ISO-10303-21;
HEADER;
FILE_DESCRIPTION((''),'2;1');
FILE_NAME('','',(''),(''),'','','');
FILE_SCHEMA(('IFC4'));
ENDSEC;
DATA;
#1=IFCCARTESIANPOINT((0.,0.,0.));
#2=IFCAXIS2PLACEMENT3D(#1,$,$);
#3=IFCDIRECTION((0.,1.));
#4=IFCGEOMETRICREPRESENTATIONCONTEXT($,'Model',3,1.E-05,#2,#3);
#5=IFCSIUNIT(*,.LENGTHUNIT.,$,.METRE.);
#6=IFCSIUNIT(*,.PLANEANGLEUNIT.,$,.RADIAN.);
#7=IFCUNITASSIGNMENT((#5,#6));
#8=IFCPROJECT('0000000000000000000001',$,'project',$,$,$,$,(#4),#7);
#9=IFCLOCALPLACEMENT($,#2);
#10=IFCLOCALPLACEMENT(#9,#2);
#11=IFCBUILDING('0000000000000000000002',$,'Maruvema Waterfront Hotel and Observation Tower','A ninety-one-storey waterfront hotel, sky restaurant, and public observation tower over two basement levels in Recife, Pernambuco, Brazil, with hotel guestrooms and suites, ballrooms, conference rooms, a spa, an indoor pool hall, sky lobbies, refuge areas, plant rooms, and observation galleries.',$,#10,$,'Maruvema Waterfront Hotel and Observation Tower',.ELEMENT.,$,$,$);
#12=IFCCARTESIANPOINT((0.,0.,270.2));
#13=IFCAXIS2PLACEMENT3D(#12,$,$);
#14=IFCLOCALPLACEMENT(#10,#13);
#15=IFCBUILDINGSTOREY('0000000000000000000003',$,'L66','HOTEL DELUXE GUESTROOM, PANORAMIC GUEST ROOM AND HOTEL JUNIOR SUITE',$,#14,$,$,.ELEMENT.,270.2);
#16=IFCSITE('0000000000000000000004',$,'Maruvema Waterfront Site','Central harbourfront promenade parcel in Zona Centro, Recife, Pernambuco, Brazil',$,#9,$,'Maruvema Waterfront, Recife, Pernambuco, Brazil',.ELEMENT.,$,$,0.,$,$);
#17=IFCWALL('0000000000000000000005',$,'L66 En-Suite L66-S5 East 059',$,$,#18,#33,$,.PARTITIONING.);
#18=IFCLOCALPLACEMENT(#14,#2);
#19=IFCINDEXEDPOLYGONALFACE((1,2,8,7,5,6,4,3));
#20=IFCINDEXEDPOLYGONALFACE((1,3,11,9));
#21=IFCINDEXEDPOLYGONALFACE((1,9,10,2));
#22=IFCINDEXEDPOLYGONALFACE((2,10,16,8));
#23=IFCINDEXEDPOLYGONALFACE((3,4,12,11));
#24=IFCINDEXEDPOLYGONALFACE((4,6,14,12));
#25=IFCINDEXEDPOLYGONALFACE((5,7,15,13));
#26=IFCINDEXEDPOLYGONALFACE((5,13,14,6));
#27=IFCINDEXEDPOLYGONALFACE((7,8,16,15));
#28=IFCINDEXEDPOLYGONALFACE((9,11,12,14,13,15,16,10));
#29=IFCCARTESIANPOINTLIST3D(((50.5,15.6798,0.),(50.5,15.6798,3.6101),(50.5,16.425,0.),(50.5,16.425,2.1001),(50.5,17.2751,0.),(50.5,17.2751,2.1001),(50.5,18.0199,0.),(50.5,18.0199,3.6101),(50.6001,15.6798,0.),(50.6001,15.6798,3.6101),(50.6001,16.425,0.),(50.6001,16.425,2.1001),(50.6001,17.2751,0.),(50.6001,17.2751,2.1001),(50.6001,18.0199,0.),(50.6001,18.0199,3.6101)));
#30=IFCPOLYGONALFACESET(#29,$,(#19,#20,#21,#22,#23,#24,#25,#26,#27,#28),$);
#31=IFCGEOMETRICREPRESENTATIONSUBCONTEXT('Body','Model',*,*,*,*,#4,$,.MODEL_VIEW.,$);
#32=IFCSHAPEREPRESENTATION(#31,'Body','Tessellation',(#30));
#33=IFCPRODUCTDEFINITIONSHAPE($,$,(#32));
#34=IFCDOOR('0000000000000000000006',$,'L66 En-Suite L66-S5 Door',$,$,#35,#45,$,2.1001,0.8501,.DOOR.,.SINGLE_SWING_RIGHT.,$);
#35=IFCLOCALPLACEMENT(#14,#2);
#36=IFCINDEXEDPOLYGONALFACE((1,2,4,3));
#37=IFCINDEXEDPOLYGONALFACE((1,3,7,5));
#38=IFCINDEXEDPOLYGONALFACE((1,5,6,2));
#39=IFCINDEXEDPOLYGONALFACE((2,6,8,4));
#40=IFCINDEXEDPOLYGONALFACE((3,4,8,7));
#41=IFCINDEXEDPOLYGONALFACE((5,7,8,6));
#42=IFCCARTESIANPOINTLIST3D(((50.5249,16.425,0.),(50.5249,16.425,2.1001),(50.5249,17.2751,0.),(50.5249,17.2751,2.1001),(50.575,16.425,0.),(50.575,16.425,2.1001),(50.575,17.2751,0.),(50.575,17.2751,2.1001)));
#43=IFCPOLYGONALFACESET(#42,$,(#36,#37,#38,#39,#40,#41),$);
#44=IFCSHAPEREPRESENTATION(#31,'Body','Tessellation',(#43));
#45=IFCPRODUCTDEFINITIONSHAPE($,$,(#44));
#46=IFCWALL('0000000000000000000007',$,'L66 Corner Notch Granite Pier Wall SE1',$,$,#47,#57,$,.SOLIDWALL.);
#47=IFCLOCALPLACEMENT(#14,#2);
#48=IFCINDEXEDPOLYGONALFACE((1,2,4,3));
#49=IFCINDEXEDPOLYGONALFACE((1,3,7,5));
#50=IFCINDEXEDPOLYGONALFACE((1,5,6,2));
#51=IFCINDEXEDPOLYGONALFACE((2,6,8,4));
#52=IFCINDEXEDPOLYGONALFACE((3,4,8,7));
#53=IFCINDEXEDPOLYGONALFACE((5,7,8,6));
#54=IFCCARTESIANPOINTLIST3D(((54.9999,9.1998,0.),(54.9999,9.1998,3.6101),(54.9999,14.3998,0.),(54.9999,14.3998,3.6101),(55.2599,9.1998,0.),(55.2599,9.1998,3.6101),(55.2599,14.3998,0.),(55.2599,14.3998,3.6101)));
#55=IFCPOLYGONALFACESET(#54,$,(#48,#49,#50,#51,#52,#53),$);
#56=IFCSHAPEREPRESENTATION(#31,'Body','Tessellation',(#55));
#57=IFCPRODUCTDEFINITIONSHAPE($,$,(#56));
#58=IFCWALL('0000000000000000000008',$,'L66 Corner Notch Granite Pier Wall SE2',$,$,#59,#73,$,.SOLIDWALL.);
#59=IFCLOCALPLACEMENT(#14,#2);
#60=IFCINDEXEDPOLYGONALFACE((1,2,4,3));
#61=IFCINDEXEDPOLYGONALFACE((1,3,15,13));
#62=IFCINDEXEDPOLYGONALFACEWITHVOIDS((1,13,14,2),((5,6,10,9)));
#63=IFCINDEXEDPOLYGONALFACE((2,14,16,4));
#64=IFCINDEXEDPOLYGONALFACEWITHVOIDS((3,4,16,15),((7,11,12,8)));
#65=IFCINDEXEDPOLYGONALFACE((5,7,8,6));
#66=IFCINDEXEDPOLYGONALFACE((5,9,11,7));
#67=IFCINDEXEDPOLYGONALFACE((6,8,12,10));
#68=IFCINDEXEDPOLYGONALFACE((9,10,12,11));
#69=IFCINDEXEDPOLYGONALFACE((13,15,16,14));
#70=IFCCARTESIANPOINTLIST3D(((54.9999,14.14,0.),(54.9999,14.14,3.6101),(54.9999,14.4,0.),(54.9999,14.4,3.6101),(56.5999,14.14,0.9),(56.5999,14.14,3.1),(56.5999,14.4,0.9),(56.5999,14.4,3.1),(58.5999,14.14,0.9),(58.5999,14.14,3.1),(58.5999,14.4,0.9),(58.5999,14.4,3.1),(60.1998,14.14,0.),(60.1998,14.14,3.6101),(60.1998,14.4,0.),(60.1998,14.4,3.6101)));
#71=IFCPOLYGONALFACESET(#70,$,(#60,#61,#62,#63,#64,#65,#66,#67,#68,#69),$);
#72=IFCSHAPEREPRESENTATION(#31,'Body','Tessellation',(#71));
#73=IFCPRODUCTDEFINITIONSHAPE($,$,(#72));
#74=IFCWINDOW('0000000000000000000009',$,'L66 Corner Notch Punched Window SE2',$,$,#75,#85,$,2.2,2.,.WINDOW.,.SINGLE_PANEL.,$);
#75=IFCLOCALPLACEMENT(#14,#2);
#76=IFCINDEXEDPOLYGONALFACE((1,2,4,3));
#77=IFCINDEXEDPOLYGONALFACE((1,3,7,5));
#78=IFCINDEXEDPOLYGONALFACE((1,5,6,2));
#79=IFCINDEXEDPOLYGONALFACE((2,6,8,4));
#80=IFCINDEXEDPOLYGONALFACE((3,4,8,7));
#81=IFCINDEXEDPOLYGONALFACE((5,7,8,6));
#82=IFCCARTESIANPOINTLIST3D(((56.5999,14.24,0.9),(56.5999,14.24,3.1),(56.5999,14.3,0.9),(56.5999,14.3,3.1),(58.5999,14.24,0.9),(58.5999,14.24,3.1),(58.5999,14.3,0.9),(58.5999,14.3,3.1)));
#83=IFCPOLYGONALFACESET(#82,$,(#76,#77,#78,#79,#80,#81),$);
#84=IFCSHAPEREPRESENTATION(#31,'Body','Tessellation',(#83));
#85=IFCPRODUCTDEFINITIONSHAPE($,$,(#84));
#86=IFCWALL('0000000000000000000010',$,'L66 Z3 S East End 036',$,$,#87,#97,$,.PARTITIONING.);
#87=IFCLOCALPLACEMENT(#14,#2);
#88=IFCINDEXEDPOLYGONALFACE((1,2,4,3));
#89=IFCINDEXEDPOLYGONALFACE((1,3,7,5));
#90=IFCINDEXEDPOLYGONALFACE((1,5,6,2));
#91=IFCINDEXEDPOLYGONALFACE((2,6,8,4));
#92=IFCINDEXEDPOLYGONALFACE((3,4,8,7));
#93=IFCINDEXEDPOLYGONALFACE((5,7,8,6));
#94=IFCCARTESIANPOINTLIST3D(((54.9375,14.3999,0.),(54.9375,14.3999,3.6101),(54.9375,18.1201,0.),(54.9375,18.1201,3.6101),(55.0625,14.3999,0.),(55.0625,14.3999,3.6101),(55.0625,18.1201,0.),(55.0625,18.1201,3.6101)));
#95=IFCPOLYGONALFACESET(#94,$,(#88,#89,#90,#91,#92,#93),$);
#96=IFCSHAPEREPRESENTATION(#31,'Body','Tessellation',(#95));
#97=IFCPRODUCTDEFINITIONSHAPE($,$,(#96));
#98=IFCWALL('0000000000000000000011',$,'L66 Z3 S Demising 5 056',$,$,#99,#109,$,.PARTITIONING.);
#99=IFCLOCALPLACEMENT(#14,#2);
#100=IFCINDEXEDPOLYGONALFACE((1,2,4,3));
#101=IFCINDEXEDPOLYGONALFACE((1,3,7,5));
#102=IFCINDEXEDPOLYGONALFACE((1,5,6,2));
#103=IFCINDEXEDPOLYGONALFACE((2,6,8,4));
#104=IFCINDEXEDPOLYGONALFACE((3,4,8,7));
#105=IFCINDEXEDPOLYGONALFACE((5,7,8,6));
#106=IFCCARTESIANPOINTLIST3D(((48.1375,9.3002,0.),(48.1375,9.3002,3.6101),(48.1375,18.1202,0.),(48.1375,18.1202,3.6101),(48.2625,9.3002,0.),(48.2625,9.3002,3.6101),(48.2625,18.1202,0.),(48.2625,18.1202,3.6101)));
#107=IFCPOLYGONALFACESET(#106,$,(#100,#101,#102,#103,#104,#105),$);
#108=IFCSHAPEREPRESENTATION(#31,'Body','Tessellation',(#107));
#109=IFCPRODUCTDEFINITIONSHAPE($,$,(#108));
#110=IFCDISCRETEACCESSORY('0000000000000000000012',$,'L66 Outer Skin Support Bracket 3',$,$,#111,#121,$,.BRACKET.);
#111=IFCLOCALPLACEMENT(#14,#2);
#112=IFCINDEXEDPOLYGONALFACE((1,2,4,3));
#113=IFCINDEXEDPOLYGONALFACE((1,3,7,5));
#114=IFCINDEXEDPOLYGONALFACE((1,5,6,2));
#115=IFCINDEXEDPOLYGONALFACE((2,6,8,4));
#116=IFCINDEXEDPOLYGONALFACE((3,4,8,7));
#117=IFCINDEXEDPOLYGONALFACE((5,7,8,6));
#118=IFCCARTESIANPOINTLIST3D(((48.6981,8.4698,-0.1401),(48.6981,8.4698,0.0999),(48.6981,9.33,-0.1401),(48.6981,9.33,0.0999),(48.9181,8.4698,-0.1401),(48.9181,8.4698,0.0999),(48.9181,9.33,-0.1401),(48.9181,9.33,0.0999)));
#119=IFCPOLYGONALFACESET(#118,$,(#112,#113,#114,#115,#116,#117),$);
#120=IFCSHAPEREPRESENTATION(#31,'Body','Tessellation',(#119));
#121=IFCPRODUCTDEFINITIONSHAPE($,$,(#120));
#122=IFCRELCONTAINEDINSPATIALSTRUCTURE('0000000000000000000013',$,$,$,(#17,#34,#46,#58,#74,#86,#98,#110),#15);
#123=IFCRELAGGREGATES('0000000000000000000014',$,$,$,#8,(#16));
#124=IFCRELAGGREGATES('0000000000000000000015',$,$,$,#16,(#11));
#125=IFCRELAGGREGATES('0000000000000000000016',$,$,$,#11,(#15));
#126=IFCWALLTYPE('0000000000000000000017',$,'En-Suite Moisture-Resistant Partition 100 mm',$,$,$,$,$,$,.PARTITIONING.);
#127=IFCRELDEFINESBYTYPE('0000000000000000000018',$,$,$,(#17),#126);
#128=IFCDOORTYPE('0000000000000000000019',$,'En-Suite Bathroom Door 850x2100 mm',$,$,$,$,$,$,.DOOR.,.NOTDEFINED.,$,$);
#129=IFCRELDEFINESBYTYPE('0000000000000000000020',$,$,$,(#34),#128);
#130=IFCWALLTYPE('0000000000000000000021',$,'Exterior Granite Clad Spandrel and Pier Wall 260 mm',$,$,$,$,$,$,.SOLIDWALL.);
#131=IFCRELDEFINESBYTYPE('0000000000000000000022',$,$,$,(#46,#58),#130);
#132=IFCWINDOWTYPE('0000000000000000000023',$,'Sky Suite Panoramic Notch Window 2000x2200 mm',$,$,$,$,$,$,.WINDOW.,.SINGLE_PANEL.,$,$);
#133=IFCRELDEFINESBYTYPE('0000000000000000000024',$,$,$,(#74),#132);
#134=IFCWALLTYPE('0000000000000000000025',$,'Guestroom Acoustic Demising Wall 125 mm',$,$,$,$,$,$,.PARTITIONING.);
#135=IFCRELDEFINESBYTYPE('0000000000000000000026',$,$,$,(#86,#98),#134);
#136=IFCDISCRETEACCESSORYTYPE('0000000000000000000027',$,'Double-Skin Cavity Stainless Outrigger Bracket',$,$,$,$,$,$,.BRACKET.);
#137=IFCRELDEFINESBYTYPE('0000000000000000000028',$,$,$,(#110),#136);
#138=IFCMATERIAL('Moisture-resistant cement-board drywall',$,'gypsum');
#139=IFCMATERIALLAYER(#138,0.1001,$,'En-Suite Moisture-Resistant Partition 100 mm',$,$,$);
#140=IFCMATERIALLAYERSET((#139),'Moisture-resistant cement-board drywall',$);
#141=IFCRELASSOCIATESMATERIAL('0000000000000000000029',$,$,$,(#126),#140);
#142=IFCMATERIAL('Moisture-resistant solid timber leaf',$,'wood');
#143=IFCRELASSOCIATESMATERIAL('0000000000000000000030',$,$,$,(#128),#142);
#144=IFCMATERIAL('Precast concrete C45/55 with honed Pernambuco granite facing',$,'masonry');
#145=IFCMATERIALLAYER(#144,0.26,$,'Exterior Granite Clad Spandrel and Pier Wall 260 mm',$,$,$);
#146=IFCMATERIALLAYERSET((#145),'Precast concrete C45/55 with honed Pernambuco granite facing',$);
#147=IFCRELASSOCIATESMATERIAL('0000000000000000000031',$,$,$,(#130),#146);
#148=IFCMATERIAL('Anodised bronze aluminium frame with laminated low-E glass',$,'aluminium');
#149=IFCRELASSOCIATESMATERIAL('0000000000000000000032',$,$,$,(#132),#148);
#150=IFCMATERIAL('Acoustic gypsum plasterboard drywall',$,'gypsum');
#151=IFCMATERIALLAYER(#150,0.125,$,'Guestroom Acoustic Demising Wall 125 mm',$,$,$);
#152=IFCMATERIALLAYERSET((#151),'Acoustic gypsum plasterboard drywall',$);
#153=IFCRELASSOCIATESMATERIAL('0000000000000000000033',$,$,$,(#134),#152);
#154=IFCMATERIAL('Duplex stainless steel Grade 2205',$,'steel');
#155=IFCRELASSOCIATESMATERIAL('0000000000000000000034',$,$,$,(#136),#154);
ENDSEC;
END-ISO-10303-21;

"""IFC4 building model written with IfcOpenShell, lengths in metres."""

from ifc_helpers import new_model, si_unit, direction, frame, frame_2d, origin, origin_2d, place, context, subcontext, project, spatial, rectangle, extrude, material, layer, layer_set, type_object, element, fill, save


model = new_model("IFC4")

# Units and contexts
model_context = context("Model", 3, precision=1e-05, world=origin(), true_north=direction((0.0, 1.0)))
body_context = subcontext(model_context, "Body", "Model", "MODEL_VIEW")
ifc_project = project(units=[si_unit("LENGTHUNIT", "METRE"), si_unit("PLANEANGLEUNIT", "RADIAN")], contexts=[model_context])

# Site, building, storey
site_placement = place(None, origin())
site = spatial("IfcSite", under=ifc_project, at=site_placement, Name="Maruvema Waterfront Site", Description="Central harbourfront promenade parcel in Zona Centro, Recife, Pernambuco, Brazil", LongName="Maruvema Waterfront, Recife, Pernambuco, Brazil", CompositionType="ELEMENT", RefElevation=0.0)
building_placement = place(site_placement, origin())
building = spatial("IfcBuilding", under=site, at=building_placement, Name="Maruvema Waterfront Hotel and Observation Tower", Description="A ninety-one-storey waterfront hotel, sky restaurant, and public observation tower over two basement levels in Recife, Pernambuco, Brazil, with hotel guestrooms and suites, ballrooms, conference rooms, a spa, an indoor pool hall, sky lobbies, refuge areas, plant rooms, and observation galleries.", LongName="Maruvema Waterfront Hotel and Observation Tower", CompositionType="ELEMENT")
storey_placement = place(building_placement, frame((0.0, 0.0, 270.2)))
storey = spatial("IfcBuildingStorey", under=building, at=storey_placement, Name="L66", Description="HOTEL DELUXE GUESTROOM, PANORAMIC GUEST ROOM AND HOTEL JUNIOR SUITE", CompositionType="ELEMENT", Elevation=270.2)

# Shared definitions
ifc_material_1 = material(Name="Moisture-resistant cement-board drywall", Category="gypsum")
ifc_layer_1 = layer(ifc_material_1, 0.1001, Name="En-Suite Moisture-Resistant Partition 100 mm")
ifc_layer_set_1 = layer_set([ifc_layer_1], Name="Moisture-resistant cement-board drywall")
wall_type_1 = type_object("IfcWallType", Name="En-Suite Moisture-Resistant Partition 100 mm", PredefinedType="PARTITIONING", material=ifc_layer_set_1)

# Wall, opening, door
wall_1_placement = place(storey_placement, frame((50.55, 15.6799, 0.0), z_axis=(0.0, 0.0, 1.0), x_axis=(0.0, 1.0, 0.0)))
wall_1 = element("IfcWall", 1, at=wall_1_placement, inside=storey, type_object=wall_type_1, Name="L66 En-Suite L66-S5 East 059", PredefinedType="PARTITIONING", context=body_context, shape_type="SweptSolid", body=[
    extrude(rectangle(XDim=2.3401, YDim=0.1001, at=frame_2d((1.1699, 0.0))), origin(), (0.0, 0.0, 1.0), 3.6101),
])
opening_1_placement = place(wall_1_placement, frame((0.7451, 0.0, 0.0)))
opening_1 = element("IfcOpeningElement", 2, at=opening_1_placement, cuts=wall_1, PredefinedType="OPENING", context=body_context, shape_type="SweptSolid", body=[
    extrude(rectangle(XDim=0.8501, YDim=2.1001, at=frame_2d((0.425, 1.05))), frame((0.0, 0.0601, 0.0), z_axis=(0.0, -1.0, 0.0), x_axis=(1.0, 0.0, 0.0)), (0.0, 0.0, 1.0), 0.1201),
])
ifc_material_2 = material(Name="Moisture-resistant solid timber leaf", Category="wood")
door_type = type_object("IfcDoorType", Name="En-Suite Bathroom Door 850x2100 mm", OperationType="NOTDEFINED", PredefinedType="DOOR", material=ifc_material_2)
door_placement = place(opening_1_placement, frame((0.8501, 0.0, 0.0), z_axis=(0.0, 0.0, 1.0), x_axis=(-1.0, 0.0, 0.0)))
door = element("IfcDoor", 3, at=door_placement, inside=storey, type_object=door_type, Name="L66 En-Suite L66-S5 Door", OperationType="SINGLE_SWING_RIGHT", OverallHeight=2.1001, OverallWidth=0.8501, PredefinedType="DOOR", context=body_context, shape_type="SweptSolid", body=[
    extrude(rectangle(XDim=0.8501, YDim=2.1001, at=frame_2d((0.425, 1.05))), frame((0.0, 0.0249, 0.0), z_axis=(0.0, -1.0, 0.0), x_axis=(1.0, 0.0, 0.0)), (0.0, 0.0, 1.0), 0.05),
])
fill(opening_1, door)

# Wall
ifc_material_3 = material(Name="Precast concrete C45/55 with honed Pernambuco granite facing", Category="masonry")
ifc_layer_2 = layer(ifc_material_3, 0.26, Name="Exterior Granite Clad Spandrel and Pier Wall 260 mm")
ifc_layer_set_2 = layer_set([ifc_layer_2], Name="Precast concrete C45/55 with honed Pernambuco granite facing")
wall_type_2 = type_object("IfcWallType", Name="Exterior Granite Clad Spandrel and Pier Wall 260 mm", PredefinedType="SOLIDWALL", material=ifc_layer_set_2)
wall_2_placement = place(storey_placement, frame((55.1299, 14.3999, 0.0), z_axis=(0.0, 0.0, 1.0), x_axis=(0.0, -1.0, 0.0)))
element("IfcWall", 4, at=wall_2_placement, inside=storey, type_object=wall_type_2, Name="L66 Corner Notch Granite Pier Wall SE1", PredefinedType="SOLIDWALL", context=body_context, shape_type="SweptSolid", body=[
    extrude(rectangle(XDim=5.2, YDim=0.26, at=frame_2d((2.6001, 0.0))), origin(), (0.0, 0.0, 1.0), 3.6101),
])

# Wall, opening, window
wall_3_placement = place(storey_placement, frame((60.2, 14.27, 0.0), z_axis=(0.0, 0.0, 1.0), x_axis=(-1.0, 0.0, 0.0)))
wall_3 = element("IfcWall", 5, at=wall_3_placement, inside=storey, type_object=wall_type_2, Name="L66 Corner Notch Granite Pier Wall SE2", PredefinedType="SOLIDWALL", context=body_context, shape_type="SweptSolid", body=[
    extrude(rectangle(XDim=5.2, YDim=0.26, at=frame_2d((2.6001, 0.0))), origin(), (0.0, 0.0, 1.0), 3.6101),
])
opening_2_placement = place(wall_3_placement, frame((1.6001, 0.0, 0.8999)))
opening_2 = element("IfcOpeningElement", 6, at=opening_2_placement, cuts=wall_3, PredefinedType="OPENING", context=body_context, shape_type="SweptSolid", body=[
    extrude(rectangle(XDim=2.0, YDim=2.2, at=frame_2d((1.0, 1.1001))), frame((0.0, 0.1401, 0.0), z_axis=(0.0, -1.0, 0.0), x_axis=(1.0, 0.0, 0.0)), (0.0, 0.0, 1.0), 0.28),
])
ifc_material_4 = material(Name="Anodised bronze aluminium frame with laminated low-E glass", Category="aluminium")
window_type = type_object("IfcWindowType", Name="Sky Suite Panoramic Notch Window 2000x2200 mm", PartitioningType="SINGLE_PANEL", PredefinedType="WINDOW", material=ifc_material_4)
window_placement = place(opening_2_placement, origin())
window = element("IfcWindow", 7, at=window_placement, inside=storey, type_object=window_type, Name="L66 Corner Notch Punched Window SE2", OverallHeight=2.2, OverallWidth=2.0, PartitioningType="SINGLE_PANEL", PredefinedType="WINDOW", context=body_context, shape_type="SweptSolid", body=[
    extrude(rectangle(XDim=2.0, YDim=2.2, at=frame_2d((1.0, 1.1001))), frame((0.0, 0.03, 0.0), z_axis=(0.0, -1.0, 0.0), x_axis=(1.0, 0.0, 0.0)), (0.0, 0.0, 1.0), 0.0601),
])
fill(opening_2, window)

# Walls
ifc_material_5 = material(Name="Acoustic gypsum plasterboard drywall", Category="gypsum")
ifc_layer_3 = layer(ifc_material_5, 0.125, Name="Guestroom Acoustic Demising Wall 125 mm")
ifc_layer_set_3 = layer_set([ifc_layer_3], Name="Acoustic gypsum plasterboard drywall")
wall_type_3 = type_object("IfcWallType", Name="Guestroom Acoustic Demising Wall 125 mm", PredefinedType="PARTITIONING", material=ifc_layer_set_3)
wall_4_placement = place(storey_placement, frame((55.0, 14.3999, 0.0), z_axis=(0.0, 0.0, 1.0), x_axis=(0.0, 1.0, 0.0)))
element("IfcWall", 8, at=wall_4_placement, inside=storey, type_object=wall_type_3, Name="L66 Z3 S East End 036", PredefinedType="PARTITIONING", context=body_context, shape_type="SweptSolid", body=[
    extrude(rectangle(XDim=3.7202, YDim=0.125, at=frame_2d((1.8601, 0.0))), origin(), (0.0, 0.0, 1.0), 3.6101),
])
wall_5_placement = place(storey_placement, frame((48.2, 9.3, 0.0), z_axis=(0.0, 0.0, 1.0), x_axis=(0.0, 1.0, 0.0)))
element("IfcWall", 9, at=wall_5_placement, inside=storey, type_object=wall_type_3, Name="L66 Z3 S Demising 5 056", PredefinedType="PARTITIONING", context=body_context, shape_type="SweptSolid", body=[
    extrude(rectangle(XDim=8.8201, YDim=0.125, at=frame_2d((4.4102, 0.0))), origin(), (0.0, 0.0, 1.0), 3.6101),
])

# Discrete accessory
ifc_material_6 = material(Name="Duplex stainless steel Grade 2205", Category="steel")
discrete_accessory_type = type_object("IfcDiscreteAccessoryType", Name="Double-Skin Cavity Stainless Outrigger Bracket", PredefinedType="BRACKET", material=ifc_material_6)
discrete_accessory_placement = place(storey_placement, frame((48.8081, 8.8999, -0.1401), z_axis=(0.0, 0.0, 1.0), x_axis=(1.0, 0.0, 0.0)))
element("IfcDiscreteAccessory", 10, at=discrete_accessory_placement, inside=storey, type_object=discrete_accessory_type, Name="L66 Outer Skin Support Bracket 3", PredefinedType="BRACKET", context=body_context, shape_type="SweptSolid", body=[
    extrude(rectangle(XDim=0.22, YDim=0.8601, at=origin_2d()), origin(), (0.0, 0.0, 1.0), 0.24),
])

save(model, "model.ifc")
